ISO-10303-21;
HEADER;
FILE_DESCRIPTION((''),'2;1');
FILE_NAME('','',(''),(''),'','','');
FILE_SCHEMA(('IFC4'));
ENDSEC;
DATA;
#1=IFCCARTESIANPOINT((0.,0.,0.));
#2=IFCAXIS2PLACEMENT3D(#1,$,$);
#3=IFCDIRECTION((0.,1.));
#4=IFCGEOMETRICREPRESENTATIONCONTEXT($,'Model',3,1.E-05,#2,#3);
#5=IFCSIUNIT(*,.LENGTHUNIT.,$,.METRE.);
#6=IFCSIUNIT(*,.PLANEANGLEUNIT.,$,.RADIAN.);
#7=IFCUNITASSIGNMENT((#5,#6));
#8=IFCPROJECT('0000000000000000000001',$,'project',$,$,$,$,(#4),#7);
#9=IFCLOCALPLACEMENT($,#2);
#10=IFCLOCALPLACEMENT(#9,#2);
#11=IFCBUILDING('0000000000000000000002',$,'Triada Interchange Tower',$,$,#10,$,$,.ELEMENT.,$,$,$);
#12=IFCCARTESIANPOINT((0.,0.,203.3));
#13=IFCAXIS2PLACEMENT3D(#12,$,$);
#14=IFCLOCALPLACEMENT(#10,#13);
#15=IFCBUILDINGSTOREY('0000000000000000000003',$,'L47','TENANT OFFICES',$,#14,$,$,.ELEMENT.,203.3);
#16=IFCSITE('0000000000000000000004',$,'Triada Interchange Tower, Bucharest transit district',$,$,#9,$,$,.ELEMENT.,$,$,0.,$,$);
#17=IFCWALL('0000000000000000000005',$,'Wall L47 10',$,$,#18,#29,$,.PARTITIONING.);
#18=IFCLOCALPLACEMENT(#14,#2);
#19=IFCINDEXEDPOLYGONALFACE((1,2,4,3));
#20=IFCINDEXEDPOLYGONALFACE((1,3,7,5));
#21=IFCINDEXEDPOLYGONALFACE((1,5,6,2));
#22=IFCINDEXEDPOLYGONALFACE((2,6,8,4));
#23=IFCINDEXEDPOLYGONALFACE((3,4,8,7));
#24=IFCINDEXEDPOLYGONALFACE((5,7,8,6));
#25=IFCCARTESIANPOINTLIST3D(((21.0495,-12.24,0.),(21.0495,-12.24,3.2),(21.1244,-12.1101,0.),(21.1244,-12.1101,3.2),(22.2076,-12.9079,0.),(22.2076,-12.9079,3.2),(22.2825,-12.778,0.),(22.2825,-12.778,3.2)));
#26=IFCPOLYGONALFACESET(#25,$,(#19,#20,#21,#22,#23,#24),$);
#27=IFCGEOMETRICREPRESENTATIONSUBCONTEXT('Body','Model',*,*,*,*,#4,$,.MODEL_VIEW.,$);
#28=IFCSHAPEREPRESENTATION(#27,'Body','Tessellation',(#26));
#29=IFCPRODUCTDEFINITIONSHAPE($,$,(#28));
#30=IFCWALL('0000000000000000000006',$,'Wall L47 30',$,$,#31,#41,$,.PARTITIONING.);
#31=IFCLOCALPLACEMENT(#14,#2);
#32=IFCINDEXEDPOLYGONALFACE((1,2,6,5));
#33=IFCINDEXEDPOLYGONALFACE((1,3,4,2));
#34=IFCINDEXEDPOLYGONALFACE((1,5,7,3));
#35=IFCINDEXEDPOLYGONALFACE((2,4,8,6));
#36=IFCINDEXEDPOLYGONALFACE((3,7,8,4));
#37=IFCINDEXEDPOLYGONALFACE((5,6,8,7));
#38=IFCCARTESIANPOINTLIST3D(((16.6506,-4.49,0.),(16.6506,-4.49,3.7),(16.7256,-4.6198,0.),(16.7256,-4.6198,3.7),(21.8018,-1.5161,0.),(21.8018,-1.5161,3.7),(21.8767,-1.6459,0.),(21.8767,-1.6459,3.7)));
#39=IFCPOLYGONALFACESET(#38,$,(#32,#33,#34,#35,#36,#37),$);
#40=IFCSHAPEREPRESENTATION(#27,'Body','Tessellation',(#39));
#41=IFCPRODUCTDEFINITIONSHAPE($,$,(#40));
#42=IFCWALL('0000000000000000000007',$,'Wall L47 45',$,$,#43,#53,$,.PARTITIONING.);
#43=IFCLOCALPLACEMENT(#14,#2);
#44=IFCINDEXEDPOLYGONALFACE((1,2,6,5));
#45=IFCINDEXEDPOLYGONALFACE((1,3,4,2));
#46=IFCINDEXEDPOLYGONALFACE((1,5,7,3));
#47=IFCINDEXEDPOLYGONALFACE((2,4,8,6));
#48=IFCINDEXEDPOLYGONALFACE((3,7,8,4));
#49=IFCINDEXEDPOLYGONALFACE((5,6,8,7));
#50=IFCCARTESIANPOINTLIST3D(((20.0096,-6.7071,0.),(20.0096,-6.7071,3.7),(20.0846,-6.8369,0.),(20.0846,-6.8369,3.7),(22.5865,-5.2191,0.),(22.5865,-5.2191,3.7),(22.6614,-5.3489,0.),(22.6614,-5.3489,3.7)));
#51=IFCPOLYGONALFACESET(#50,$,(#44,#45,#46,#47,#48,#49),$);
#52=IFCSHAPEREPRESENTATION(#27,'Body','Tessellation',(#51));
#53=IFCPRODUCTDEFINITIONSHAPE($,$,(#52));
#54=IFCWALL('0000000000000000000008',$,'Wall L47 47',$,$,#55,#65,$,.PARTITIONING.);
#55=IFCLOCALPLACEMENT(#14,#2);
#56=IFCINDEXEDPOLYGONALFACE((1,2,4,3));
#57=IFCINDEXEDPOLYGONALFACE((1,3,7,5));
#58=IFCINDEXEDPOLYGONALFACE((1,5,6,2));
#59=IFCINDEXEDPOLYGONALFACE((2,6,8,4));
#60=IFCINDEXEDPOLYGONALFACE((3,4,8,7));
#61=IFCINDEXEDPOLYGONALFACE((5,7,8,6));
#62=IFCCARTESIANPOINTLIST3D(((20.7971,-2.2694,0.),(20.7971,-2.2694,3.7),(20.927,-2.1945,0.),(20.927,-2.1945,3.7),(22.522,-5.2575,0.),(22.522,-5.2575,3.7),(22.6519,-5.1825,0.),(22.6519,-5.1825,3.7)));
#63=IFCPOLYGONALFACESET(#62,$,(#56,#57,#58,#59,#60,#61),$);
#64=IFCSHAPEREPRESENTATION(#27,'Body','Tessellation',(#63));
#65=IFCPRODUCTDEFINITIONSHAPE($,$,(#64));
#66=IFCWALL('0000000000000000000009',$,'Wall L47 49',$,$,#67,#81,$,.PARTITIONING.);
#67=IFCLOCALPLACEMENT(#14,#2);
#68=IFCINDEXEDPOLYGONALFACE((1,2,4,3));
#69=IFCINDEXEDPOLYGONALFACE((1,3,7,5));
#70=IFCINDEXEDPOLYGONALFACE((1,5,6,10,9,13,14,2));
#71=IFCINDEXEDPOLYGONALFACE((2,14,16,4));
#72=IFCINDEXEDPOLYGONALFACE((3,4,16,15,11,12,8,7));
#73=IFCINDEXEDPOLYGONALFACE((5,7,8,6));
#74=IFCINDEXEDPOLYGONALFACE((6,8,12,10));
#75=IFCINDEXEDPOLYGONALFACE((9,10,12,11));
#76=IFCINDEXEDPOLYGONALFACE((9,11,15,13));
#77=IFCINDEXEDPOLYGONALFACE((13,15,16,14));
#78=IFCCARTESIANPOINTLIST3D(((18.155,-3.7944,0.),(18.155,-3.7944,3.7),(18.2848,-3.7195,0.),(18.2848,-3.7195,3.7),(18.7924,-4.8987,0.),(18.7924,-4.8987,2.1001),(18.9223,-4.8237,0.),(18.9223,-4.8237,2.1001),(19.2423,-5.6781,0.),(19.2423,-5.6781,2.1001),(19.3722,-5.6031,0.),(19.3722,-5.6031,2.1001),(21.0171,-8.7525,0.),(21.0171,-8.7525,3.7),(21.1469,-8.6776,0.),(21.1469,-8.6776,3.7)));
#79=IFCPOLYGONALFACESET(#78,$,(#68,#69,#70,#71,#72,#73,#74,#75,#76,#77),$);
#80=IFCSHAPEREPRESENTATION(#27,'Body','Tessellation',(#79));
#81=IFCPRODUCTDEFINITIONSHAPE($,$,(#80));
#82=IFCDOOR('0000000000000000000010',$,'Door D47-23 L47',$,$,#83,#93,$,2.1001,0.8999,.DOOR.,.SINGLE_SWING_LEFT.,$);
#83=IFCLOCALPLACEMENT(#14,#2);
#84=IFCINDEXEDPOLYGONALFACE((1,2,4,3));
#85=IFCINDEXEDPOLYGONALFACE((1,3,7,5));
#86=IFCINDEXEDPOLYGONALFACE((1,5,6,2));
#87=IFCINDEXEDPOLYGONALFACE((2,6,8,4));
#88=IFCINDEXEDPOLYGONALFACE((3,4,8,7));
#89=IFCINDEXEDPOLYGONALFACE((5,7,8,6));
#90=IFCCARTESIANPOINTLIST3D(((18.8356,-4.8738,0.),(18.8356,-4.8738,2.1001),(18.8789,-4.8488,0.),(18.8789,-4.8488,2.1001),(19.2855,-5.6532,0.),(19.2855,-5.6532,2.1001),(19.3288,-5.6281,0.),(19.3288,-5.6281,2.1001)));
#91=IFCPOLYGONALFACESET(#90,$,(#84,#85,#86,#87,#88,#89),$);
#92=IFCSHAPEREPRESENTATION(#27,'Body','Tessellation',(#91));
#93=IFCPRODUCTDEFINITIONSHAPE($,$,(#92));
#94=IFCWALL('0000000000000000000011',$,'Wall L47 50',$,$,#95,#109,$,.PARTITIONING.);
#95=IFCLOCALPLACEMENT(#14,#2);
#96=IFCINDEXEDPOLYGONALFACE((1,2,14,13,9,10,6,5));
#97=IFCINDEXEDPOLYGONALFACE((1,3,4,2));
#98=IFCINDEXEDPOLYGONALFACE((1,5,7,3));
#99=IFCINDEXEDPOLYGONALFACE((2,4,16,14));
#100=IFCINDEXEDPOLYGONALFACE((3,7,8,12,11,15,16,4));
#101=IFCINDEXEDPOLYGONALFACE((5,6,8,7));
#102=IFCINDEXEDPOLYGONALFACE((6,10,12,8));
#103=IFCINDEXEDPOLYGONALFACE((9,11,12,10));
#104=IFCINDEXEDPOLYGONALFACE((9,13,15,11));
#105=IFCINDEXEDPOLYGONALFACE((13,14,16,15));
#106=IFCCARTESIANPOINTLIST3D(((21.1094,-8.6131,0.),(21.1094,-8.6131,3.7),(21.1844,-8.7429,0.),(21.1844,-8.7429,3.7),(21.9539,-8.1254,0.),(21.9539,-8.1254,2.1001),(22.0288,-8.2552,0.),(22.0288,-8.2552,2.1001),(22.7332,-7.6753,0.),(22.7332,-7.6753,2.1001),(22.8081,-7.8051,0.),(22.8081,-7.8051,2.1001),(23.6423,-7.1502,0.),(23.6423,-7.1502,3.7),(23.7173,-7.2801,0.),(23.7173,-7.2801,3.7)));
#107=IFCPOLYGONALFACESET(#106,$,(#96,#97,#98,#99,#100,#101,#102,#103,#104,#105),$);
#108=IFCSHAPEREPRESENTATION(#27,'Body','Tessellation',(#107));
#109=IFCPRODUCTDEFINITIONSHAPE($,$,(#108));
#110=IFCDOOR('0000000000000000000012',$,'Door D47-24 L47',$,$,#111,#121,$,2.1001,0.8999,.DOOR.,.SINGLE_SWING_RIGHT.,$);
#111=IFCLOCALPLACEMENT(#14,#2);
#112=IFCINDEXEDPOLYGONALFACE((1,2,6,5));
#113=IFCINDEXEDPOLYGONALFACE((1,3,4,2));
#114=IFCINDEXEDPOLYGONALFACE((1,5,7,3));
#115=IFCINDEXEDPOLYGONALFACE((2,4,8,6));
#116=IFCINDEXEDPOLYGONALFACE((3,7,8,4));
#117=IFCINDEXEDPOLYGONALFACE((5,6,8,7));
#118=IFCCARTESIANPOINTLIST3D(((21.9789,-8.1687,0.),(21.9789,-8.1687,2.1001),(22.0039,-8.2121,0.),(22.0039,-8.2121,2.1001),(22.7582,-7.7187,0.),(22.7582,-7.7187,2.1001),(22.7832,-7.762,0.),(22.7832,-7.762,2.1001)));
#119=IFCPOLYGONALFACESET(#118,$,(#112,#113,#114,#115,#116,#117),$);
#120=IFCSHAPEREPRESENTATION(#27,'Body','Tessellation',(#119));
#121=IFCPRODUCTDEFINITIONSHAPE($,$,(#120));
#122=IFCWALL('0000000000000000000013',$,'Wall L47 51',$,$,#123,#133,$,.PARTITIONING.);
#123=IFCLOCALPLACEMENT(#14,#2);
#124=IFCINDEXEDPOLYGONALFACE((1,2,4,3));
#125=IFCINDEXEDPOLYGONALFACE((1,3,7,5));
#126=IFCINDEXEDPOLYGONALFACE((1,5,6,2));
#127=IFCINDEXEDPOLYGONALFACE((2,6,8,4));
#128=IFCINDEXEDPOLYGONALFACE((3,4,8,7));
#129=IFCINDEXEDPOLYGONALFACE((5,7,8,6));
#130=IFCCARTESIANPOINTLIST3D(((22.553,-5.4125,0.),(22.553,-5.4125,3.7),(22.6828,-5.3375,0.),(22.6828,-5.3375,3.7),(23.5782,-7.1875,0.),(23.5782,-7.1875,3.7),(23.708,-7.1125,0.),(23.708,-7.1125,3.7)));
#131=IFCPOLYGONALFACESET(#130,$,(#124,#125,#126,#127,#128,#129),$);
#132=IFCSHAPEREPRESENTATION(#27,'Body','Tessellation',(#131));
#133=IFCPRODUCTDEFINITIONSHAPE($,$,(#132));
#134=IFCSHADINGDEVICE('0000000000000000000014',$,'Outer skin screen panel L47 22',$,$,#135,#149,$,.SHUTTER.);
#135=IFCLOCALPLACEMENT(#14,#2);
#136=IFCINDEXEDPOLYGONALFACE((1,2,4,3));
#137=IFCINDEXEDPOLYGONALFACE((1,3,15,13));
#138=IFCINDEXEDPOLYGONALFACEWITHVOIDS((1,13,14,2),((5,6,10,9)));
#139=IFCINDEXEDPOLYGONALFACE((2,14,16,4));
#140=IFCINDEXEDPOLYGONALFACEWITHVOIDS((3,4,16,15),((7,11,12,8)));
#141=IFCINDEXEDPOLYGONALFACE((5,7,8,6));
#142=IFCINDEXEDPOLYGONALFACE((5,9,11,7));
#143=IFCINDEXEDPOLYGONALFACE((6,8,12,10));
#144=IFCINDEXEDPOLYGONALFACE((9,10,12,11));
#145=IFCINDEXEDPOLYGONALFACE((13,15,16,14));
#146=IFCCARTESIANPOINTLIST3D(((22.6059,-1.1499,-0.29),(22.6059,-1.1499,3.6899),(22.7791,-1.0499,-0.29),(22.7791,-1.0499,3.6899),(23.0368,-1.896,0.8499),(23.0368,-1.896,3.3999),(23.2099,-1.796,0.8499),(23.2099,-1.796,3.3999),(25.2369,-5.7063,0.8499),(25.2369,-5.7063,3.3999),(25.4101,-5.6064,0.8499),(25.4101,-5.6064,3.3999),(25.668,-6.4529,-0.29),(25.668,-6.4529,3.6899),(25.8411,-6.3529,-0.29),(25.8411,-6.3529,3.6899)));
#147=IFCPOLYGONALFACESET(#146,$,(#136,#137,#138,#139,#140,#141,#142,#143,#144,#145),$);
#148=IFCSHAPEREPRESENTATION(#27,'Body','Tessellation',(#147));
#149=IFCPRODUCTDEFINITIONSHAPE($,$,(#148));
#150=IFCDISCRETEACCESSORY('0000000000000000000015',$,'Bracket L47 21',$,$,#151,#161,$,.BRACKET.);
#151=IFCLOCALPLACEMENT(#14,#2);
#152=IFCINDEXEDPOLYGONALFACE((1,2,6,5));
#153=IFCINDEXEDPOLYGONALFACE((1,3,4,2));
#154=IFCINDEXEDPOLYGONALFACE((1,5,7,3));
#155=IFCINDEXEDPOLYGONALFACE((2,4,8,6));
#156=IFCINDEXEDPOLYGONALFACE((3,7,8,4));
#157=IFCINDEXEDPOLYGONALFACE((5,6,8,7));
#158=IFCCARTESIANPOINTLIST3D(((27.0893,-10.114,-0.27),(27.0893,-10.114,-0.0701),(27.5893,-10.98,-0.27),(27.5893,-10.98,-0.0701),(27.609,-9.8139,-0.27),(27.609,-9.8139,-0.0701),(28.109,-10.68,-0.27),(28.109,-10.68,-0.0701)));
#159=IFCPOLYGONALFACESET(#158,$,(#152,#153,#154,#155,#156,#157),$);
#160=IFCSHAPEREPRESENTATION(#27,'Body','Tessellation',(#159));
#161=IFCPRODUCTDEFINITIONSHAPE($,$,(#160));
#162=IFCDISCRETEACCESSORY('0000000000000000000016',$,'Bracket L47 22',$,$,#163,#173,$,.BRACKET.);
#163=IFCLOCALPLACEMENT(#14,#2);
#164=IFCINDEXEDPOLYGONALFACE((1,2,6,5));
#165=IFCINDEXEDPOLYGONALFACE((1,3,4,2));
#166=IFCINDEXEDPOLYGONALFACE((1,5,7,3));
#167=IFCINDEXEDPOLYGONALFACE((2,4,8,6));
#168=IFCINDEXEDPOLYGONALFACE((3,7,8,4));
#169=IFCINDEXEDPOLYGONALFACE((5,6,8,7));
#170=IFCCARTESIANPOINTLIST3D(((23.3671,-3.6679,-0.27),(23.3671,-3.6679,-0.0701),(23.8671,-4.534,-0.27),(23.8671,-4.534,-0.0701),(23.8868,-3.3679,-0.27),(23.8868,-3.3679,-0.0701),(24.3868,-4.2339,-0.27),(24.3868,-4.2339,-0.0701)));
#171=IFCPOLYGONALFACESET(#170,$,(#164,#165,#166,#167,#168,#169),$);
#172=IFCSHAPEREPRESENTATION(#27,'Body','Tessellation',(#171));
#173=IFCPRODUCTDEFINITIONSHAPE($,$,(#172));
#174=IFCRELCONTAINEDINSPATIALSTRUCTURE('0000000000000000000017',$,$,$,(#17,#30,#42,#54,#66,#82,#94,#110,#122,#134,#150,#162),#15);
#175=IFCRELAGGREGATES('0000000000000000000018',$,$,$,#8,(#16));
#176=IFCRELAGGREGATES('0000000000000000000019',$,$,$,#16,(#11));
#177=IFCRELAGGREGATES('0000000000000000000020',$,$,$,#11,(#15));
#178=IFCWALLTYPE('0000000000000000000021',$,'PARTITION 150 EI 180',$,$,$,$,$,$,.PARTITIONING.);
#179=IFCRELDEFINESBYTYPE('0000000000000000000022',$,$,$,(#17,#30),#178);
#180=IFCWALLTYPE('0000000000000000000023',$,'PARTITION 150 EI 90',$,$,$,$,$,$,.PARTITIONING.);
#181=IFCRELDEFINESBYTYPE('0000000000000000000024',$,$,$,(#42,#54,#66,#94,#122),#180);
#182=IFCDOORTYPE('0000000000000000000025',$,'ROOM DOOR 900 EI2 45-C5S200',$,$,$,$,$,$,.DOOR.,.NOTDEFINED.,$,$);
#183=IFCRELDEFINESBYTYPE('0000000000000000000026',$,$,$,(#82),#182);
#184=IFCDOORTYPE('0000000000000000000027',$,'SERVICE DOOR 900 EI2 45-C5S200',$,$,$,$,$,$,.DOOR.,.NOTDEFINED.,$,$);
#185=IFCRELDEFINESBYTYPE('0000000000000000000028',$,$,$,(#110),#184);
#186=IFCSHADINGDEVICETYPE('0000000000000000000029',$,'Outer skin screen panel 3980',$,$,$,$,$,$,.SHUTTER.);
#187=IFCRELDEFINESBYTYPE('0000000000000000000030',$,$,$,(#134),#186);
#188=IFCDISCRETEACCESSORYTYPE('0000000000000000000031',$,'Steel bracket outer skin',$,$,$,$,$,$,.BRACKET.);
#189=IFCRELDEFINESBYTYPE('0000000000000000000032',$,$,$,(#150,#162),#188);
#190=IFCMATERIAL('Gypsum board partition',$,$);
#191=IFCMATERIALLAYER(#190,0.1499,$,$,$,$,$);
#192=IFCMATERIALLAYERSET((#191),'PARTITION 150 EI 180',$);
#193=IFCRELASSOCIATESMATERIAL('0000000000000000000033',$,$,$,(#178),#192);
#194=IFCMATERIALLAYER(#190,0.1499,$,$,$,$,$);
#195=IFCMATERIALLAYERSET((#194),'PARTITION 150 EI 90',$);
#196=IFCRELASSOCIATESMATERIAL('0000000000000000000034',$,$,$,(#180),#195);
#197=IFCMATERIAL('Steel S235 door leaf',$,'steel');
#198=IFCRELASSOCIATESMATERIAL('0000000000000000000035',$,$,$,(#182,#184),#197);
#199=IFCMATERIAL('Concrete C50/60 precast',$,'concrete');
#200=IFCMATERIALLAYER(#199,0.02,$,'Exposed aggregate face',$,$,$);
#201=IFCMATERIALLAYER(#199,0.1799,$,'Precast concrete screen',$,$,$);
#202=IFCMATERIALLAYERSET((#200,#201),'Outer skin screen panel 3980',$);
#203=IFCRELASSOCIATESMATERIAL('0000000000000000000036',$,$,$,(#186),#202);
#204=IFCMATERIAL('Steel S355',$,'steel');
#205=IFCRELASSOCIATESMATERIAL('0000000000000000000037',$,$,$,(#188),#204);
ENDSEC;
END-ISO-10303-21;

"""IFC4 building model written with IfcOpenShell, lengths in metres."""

from ifc_helpers import new_model, si_unit, direction, frame, frame_2d, origin, origin_2d, place, context, subcontext, project, spatial, polyline, rectangle, outline, extrude, material, layer, layer_set, type_object, element, fill, save


model = new_model("IFC4")

# Units and contexts
model_context = context("Model", 3, precision=1e-05, world=origin(), true_north=direction((0.0, 1.0)))
body_context = subcontext(model_context, "Body", "Model", "MODEL_VIEW")
ifc_project = project(units=[si_unit("LENGTHUNIT", "METRE"), si_unit("PLANEANGLEUNIT", "RADIAN")], contexts=[model_context])

# Site, building, storey
site_placement = place(None, origin())
site = spatial("IfcSite", under=ifc_project, at=site_placement, Name="Triada Interchange Tower, Bucharest transit district", CompositionType="ELEMENT", RefElevation=0.0)
building_placement = place(site_placement, origin())
building = spatial("IfcBuilding", under=site, at=building_placement, Name="Triada Interchange Tower", CompositionType="ELEMENT")
storey_placement = place(building_placement, frame((0.0, 0.0, 203.3)))
storey = spatial("IfcBuildingStorey", under=building, at=storey_placement, Name="L47", Description="TENANT OFFICES", CompositionType="ELEMENT", Elevation=203.3)

# Walls
ifc_material_1 = material(Name="Gypsum board partition")
ifc_layer_1 = layer(ifc_material_1, 0.1499)
ifc_layer_set_1 = layer_set([ifc_layer_1], Name="PARTITION 150 EI 180")
wall_type_1 = type_object("IfcWallType", Name="PARTITION 150 EI 180", PredefinedType="PARTITIONING", material=ifc_layer_set_1)
wall_1_placement = place(storey_placement, frame((21.0869, -12.175, 0.0), z_axis=(0.0, 0.0, 1.0), x_axis=(0.866259, -0.499596, 0.0)))
element("IfcWall", 1, at=wall_1_placement, inside=storey, type_object=wall_type_1, Name="Wall L47 10", PredefinedType="PARTITIONING", context=body_context, shape_type="SweptSolid", body=[
    extrude(rectangle(XDim=1.3369, YDim=0.1499, at=frame_2d((0.6685, 0.0))), origin(), (0.0, 0.0, 1.0), 3.2),
])
wall_2_placement = place(storey_placement, frame((16.688, -4.5549, 0.0), z_axis=(0.0, 0.0, 1.0), x_axis=(0.866035, 0.499984, 0.0)))
element("IfcWall", 2, at=wall_2_placement, inside=storey, type_object=wall_type_1, Name="Wall L47 30", PredefinedType="PARTITIONING", context=body_context, shape_type="SweptSolid", body=[
    extrude(rectangle(XDim=5.948, YDim=0.1499, at=frame_2d((2.9741, 0.0))), origin(), (0.0, 0.0, 1.0), 3.7),
])
ifc_layer_2 = layer(ifc_material_1, 0.1499)
ifc_layer_set_2 = layer_set([ifc_layer_2], Name="PARTITION 150 EI 90")
wall_type_2 = type_object("IfcWallType", Name="PARTITION 150 EI 90", PredefinedType="PARTITIONING", material=ifc_layer_set_2)
wall_3_placement = place(storey_placement, frame((20.0471, -6.772, 0.0), z_axis=(0.0, 0.0, 1.0), x_axis=(0.865987, 0.500066, 0.0)))
element("IfcWall", 3, at=wall_3_placement, inside=storey, type_object=wall_type_2, Name="Wall L47 45", PredefinedType="PARTITIONING", context=body_context, shape_type="SweptSolid", body=[
    extrude(rectangle(XDim=2.9756, YDim=0.1499, at=frame_2d((1.4878, 0.0))), origin(), (0.0, 0.0, 1.0), 3.7),
])
wall_4_placement = place(storey_placement, frame((20.8621, -2.2319, 0.0), z_axis=(0.0, 0.0, 1.0), x_axis=(0.499937, -0.866062, 0.0)))
element("IfcWall", 4, at=wall_4_placement, inside=storey, type_object=wall_type_2, Name="Wall L47 47", PredefinedType="PARTITIONING", context=body_context, shape_type="SweptSolid", body=[
    extrude(rectangle(XDim=3.4502, YDim=0.1499, at=frame_2d((1.7251, 0.0))), origin(), (0.0, 0.0, 1.0), 3.7),
])

# Walls, openings, doors
wall_5_placement = place(storey_placement, frame((18.22, -3.7571, 0.0), z_axis=(0.0, 0.0, 1.0), x_axis=(0.499941, -0.866059, 0.0)))
wall_5 = element("IfcWall", 5, at=wall_5_placement, inside=storey, type_object=wall_type_2, Name="Wall L47 49", PredefinedType="PARTITIONING", context=body_context, shape_type="SweptSolid", body=[
    extrude(rectangle(XDim=5.7249, YDim=0.1499, at=frame_2d((2.8623, 0.0))), origin(), (0.0, 0.0, 1.0), 3.7),
])
opening_1_placement = place(wall_5_placement, frame((1.2749, 0.0, 0.0)))
opening_1 = element("IfcOpeningElement", 6, at=opening_1_placement, cuts=wall_5, PredefinedType="OPENING", context=body_context, shape_type="SweptSolid", body=[
    extrude(rectangle(XDim=0.8999, YDim=2.1001, at=frame_2d((0.45, 1.05))), frame((0.0, 0.085, 0.0), z_axis=(0.0, -1.0, 0.0), x_axis=(1.0, 0.0, 0.0)), (0.0, 0.0, 1.0), 0.1699),
])
ifc_material_2 = material(Name="Steel S235 door leaf", Category="steel")
door_type_1 = type_object("IfcDoorType", Name="ROOM DOOR 900 EI2 45-C5S200", OperationType="NOTDEFINED", PredefinedType="DOOR", material=ifc_material_2)
door_1_placement = place(opening_1_placement, origin())
door_1 = element("IfcDoor", 7, at=door_1_placement, inside=storey, type_object=door_type_1, Name="Door D47-23 L47", OperationType="SINGLE_SWING_LEFT", OverallHeight=2.1001, OverallWidth=0.8999, PredefinedType="DOOR", context=body_context, shape_type="SweptSolid", body=[
    extrude(rectangle(XDim=0.8999, YDim=2.1001, at=frame_2d((0.45, 1.05))), frame((0.0, 0.0249, 0.0), z_axis=(0.0, -1.0, 0.0), x_axis=(1.0, 0.0, 0.0)), (0.0, 0.0, 1.0), 0.05),
])
fill(opening_1, door_1)
wall_6_placement = place(storey_placement, frame((21.147, -8.678, 0.0), z_axis=(0.0, 0.0, 1.0), x_axis=(0.865953, 0.500125, 0.0)))
wall_6 = element("IfcWall", 8, at=wall_6_placement, inside=storey, type_object=wall_type_2, Name="Wall L47 50", PredefinedType="PARTITIONING", context=body_context, shape_type="SweptSolid", body=[
    extrude(rectangle(XDim=2.925, YDim=0.1499, at=frame_2d((1.4624, 0.0))), origin(), (0.0, 0.0, 1.0), 3.7),
])
opening_2_placement = place(wall_6_placement, frame((0.9751, 0.0, 0.0)))
opening_2 = element("IfcOpeningElement", 9, at=opening_2_placement, cuts=wall_6, PredefinedType="OPENING", context=body_context, shape_type="SweptSolid", body=[
    extrude(rectangle(XDim=0.8999, YDim=2.1001, at=frame_2d((0.45, 1.05))), frame((0.0, 0.085, 0.0), z_axis=(0.0, -1.0, 0.0), x_axis=(1.0, 0.0, 0.0)), (0.0, 0.0, 1.0), 0.1699),
])
door_type_2 = type_object("IfcDoorType", Name="SERVICE DOOR 900 EI2 45-C5S200", OperationType="NOTDEFINED", PredefinedType="DOOR", material=ifc_material_2)
door_2_placement = place(opening_2_placement, origin())
door_2 = element("IfcDoor", 10, at=door_2_placement, inside=storey, type_object=door_type_2, Name="Door D47-24 L47", OperationType="SINGLE_SWING_RIGHT", OverallHeight=2.1001, OverallWidth=0.8999, PredefinedType="DOOR", context=body_context, shape_type="SweptSolid", body=[
    extrude(rectangle(XDim=0.8999, YDim=2.1001, at=frame_2d((0.45, 1.05))), frame((0.0, 0.0249, 0.0), z_axis=(0.0, -1.0, 0.0), x_axis=(1.0, 0.0, 0.0)), (0.0, 0.0, 1.0), 0.05),
])
fill(opening_2, door_2)

# Wall
wall_7_placement = place(storey_placement, frame((22.6179, -5.375, 0.0), z_axis=(0.0, 0.0, 1.0), x_axis=(0.500149, -0.86594, 0.0)))
element("IfcWall", 11, at=wall_7_placement, inside=storey, type_object=wall_type_2, Name="Wall L47 51", PredefinedType="PARTITIONING", context=body_context, shape_type="SweptSolid", body=[
    extrude(rectangle(XDim=2.0498, YDim=0.1499, at=frame_2d((1.0249, 0.0))), origin(), (0.0, 0.0, 1.0), 3.7),
])

# Shading device
ifc_material_3 = material(Name="Concrete C50/60 precast", Category="concrete")
ifc_layer_3 = layer(ifc_material_3, 0.02, Name="Exposed aggregate face")
ifc_layer_4 = layer(ifc_material_3, 0.1799, Name="Precast concrete screen")
ifc_layer_set_3 = layer_set([ifc_layer_3, ifc_layer_4], Name="Outer skin screen panel 3980")
shading_device_type = type_object("IfcShadingDeviceType", Name="Outer skin screen panel 3980", PredefinedType="SHUTTER", material=ifc_layer_set_3)
shading_device_placement = place(storey_placement, frame((25.668, -6.4529, -0.29), z_axis=(0.0, 0.0, 1.0), x_axis=(-0.500041, 0.866002, 0.0)))
element("IfcShadingDevice", 12, at=shading_device_placement, inside=storey, type_object=shading_device_type, Name="Outer skin screen panel L47 22", PredefinedType="SHUTTER", context=body_context, shape_type="SweptSolid", body=[
    extrude(outline(polyline([(0.0, 0.0), (6.1235, 0.0), (6.1235, 3.98), (0.0, 3.98), (0.0, 0.0)]), holes=[polyline([(0.8621, 1.1399), (0.8621, 3.6899), (5.262, 3.6899), (5.262, 1.1399), (0.8621, 1.1399)])]), frame((0.0, 0.0, 0.0), z_axis=(0.0, -1.0, 0.0), x_axis=(1.0, 0.0, 0.0)), (0.0, 0.0, 1.0), 0.2),
])

# Discrete accessories
ifc_material_4 = material(Name="Steel S355", Category="steel")
discrete_accessory_type = type_object("IfcDiscreteAccessoryType", Name="Steel bracket outer skin", PredefinedType="BRACKET", material=ifc_material_4)
for number, where, z_axis, x_axis, name in (
    (13, (27.5991, -10.397, -0.27), (0.0, 0.0, 1.0), (0.866021, 0.500007, 0.0), "Bracket L47 21"),
    (14, (23.877, -3.9509, -0.27), (0.0, 0.0, 1.0), (0.866021, 0.500007, 0.0), "Bracket L47 22"),
):
    element("IfcDiscreteAccessory", number, at=place(storey_placement, frame(where, z_axis=z_axis, x_axis=x_axis)), inside=storey, type_object=discrete_accessory_type, Name=name, PredefinedType="BRACKET", context=body_context, shape_type="SweptSolid", body=[
        extrude(rectangle(XDim=0.6001, YDim=1.0, at=origin_2d()), origin(), (0.0, 0.0, 1.0), 0.2),
    ])

save(model, "model.ifc")
